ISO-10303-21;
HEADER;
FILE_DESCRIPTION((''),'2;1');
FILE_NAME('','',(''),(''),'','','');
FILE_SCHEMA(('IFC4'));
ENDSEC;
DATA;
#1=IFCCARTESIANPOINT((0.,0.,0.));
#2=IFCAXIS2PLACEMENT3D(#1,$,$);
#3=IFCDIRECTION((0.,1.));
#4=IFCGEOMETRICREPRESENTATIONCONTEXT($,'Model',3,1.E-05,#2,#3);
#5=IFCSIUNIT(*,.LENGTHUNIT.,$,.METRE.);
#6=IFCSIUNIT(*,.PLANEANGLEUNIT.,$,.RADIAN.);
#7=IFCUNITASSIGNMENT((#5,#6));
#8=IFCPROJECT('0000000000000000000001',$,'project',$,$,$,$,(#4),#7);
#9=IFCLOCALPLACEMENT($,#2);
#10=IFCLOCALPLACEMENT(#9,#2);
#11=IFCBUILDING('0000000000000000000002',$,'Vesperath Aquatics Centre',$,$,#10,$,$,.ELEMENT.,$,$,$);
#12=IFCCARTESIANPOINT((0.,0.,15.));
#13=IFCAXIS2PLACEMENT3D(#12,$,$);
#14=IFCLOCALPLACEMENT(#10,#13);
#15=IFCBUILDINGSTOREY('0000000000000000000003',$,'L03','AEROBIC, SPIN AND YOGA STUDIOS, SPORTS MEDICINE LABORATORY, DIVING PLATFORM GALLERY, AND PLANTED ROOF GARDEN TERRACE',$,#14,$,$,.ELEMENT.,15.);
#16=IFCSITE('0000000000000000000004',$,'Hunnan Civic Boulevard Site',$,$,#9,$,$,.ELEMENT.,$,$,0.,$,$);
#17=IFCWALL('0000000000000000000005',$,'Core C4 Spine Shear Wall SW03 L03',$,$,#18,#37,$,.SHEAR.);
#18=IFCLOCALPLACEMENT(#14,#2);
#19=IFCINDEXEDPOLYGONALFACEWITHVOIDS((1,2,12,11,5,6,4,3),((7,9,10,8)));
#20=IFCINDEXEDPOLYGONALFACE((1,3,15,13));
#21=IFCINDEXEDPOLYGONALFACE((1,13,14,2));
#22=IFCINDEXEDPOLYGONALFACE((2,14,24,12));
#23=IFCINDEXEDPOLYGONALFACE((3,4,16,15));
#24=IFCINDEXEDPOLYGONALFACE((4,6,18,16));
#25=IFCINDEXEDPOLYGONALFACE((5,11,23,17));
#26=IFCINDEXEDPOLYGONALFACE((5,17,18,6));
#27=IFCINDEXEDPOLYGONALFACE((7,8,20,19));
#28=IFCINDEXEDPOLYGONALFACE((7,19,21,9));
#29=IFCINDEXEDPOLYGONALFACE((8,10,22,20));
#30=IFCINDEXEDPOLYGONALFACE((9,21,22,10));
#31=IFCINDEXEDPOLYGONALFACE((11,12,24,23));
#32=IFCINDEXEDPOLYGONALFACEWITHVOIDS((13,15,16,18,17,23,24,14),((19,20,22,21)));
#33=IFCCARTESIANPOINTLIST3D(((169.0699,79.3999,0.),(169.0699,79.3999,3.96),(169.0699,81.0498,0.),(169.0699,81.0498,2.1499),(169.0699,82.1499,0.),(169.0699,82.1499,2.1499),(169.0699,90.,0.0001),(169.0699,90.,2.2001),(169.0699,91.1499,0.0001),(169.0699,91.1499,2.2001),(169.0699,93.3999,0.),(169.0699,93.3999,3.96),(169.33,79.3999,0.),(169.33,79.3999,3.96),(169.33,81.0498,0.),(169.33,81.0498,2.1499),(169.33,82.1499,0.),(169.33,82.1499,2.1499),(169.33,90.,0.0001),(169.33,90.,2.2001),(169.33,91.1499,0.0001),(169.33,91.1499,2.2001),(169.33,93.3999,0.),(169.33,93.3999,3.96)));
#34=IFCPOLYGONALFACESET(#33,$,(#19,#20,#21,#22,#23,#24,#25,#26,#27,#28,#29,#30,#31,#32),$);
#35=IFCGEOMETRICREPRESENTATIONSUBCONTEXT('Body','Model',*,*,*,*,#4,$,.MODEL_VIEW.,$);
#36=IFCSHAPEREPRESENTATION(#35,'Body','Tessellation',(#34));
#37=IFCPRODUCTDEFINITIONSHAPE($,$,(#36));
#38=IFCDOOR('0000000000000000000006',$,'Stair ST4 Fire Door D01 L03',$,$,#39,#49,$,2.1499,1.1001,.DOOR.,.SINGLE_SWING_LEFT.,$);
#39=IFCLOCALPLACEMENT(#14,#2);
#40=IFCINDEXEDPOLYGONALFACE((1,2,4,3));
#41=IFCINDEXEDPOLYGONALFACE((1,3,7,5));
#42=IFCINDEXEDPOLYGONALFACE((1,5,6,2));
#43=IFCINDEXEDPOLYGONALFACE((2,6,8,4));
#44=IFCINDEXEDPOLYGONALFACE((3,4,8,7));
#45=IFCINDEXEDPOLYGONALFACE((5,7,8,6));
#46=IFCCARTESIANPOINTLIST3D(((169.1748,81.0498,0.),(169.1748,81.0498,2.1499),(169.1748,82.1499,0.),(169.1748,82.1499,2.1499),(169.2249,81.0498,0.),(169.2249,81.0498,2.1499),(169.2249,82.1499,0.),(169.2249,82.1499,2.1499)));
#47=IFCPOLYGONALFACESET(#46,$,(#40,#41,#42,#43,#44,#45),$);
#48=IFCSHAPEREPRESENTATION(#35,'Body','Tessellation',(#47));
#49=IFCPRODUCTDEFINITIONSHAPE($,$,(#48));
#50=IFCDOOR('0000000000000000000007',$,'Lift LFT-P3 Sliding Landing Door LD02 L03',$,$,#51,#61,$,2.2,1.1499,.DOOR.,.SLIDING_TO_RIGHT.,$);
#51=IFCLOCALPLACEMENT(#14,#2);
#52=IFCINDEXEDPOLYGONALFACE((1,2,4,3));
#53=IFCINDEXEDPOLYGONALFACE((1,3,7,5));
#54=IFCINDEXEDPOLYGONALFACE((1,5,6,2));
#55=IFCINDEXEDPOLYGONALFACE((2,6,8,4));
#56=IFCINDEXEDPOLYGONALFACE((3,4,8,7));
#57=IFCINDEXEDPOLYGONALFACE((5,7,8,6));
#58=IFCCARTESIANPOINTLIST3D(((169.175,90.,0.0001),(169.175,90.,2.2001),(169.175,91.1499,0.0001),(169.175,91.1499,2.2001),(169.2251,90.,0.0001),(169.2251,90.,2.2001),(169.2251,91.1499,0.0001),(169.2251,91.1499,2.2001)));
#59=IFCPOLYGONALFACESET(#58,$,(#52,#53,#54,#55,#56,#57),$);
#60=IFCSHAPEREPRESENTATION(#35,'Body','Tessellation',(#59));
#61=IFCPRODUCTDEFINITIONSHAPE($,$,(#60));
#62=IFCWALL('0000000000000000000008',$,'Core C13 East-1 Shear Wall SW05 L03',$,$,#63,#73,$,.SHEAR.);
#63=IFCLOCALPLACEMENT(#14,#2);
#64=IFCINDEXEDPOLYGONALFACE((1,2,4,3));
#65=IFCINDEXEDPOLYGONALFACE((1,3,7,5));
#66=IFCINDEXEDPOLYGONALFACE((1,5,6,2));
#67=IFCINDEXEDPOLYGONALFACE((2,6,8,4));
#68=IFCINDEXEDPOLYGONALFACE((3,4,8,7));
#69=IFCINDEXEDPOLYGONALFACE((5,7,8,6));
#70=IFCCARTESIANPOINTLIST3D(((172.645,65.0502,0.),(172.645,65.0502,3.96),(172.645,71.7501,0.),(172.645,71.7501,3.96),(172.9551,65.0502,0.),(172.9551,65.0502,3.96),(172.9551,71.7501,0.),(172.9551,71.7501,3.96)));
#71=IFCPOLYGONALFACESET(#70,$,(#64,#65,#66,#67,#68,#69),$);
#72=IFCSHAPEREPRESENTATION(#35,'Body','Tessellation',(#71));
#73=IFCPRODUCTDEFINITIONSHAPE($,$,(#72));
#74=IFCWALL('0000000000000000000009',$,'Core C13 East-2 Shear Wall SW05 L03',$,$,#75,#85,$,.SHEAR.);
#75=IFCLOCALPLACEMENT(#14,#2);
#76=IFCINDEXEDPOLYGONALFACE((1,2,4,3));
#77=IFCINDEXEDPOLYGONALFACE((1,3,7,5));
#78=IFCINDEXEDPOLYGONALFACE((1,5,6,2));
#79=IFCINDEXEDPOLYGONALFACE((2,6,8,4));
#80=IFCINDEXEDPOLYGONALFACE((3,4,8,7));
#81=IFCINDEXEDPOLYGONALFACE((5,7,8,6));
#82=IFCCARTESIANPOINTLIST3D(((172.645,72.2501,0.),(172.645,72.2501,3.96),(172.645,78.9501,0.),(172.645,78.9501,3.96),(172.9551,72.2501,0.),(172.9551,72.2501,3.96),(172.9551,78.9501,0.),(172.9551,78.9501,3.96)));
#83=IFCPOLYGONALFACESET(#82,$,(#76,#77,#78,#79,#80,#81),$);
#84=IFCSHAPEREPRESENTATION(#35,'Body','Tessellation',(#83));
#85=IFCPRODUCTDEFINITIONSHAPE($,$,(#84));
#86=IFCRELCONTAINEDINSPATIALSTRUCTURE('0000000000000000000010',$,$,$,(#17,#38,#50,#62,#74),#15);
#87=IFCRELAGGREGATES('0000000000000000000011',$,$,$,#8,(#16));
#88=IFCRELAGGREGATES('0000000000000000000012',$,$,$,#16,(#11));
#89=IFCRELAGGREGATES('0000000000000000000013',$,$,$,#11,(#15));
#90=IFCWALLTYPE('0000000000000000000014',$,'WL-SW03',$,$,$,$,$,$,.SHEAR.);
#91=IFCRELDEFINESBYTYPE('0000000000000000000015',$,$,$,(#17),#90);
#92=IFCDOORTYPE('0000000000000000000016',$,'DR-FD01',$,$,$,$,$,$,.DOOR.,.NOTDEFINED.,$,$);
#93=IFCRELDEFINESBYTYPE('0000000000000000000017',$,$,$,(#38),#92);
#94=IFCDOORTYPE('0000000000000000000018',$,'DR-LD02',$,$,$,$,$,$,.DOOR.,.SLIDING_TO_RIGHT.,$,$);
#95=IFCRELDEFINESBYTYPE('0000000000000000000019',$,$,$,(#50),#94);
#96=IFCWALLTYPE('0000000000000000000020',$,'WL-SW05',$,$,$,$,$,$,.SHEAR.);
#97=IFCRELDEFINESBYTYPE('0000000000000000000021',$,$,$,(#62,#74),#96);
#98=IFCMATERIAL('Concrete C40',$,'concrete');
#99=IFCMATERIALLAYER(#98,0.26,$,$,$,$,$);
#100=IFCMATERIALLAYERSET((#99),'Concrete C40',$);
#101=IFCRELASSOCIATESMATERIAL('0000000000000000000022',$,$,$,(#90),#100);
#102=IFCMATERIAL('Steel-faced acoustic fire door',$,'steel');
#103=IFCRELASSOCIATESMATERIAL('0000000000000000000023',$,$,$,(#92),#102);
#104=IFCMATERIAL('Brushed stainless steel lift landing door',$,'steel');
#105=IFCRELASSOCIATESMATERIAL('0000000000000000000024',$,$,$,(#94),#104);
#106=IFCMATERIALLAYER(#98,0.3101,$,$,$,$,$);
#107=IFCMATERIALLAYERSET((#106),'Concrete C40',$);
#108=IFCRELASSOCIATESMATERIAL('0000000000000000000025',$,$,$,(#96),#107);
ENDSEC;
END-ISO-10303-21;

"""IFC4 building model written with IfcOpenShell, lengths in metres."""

from ifc_helpers import new_model, si_unit, direction, frame, frame_2d, origin, place, context, subcontext, project, spatial, rectangle, extrude, material, layer, layer_set, type_object, element, fill, save


model = new_model("IFC4")

# Units and contexts
model_context = context("Model", 3, precision=1e-05, world=origin(), true_north=direction((0.0, 1.0)))
body_context = subcontext(model_context, "Body", "Model", "MODEL_VIEW")
ifc_project = project(units=[si_unit("LENGTHUNIT", "METRE"), si_unit("PLANEANGLEUNIT", "RADIAN")], contexts=[model_context])

# Site, building, storey
site_placement = place(None, origin())
site = spatial("IfcSite", under=ifc_project, at=site_placement, Name="Hunnan Civic Boulevard Site", CompositionType="ELEMENT", RefElevation=0.0)
building_placement = place(site_placement, origin())
building = spatial("IfcBuilding", under=site, at=building_placement, Name="Vesperath Aquatics Centre", CompositionType="ELEMENT")
storey_placement = place(building_placement, frame((0.0, 0.0, 15.0)))
storey = spatial("IfcBuildingStorey", under=building, at=storey_placement, Name="L03", Description="AEROBIC, SPIN AND YOGA STUDIOS, SPORTS MEDICINE LABORATORY, DIVING PLATFORM GALLERY, AND PLANTED ROOF GARDEN TERRACE", CompositionType="ELEMENT", Elevation=15.0)

# Shared definitions
ifc_material_1 = material(Name="Concrete C40", Category="concrete")

# Wall, openings, doors
ifc_layer_1 = layer(ifc_material_1, 0.26)
ifc_layer_set_1 = layer_set([ifc_layer_1], Name="Concrete C40")
wall_type_1 = type_object("IfcWallType", Name="WL-SW03", PredefinedType="SHEAR", material=ifc_layer_set_1)
wall_1_placement = place(storey_placement, frame((169.2, 79.3999, 0.0), z_axis=(0.0, 0.0, 1.0), x_axis=(0.0, 1.0, 0.0)))
wall_1 = element("IfcWall", 1, at=wall_1_placement, inside=storey, type_object=wall_type_1, Name="Core C4 Spine Shear Wall SW03 L03", PredefinedType="SHEAR", context=body_context, shape_type="SweptSolid", body=[
    extrude(rectangle(XDim=14.0, YDim=0.26, at=frame_2d((7.0, 0.0))), origin(), (0.0, 0.0, 1.0), 3.96),
])
opening_1_placement = place(wall_1_placement, frame((1.6499, 0.0, 0.0)))
opening_1 = element("IfcOpeningElement", 2, at=opening_1_placement, cuts=wall_1, PredefinedType="OPENING", context=body_context, shape_type="SweptSolid", body=[
    extrude(rectangle(XDim=1.1001, YDim=2.1499, at=frame_2d((0.55, 1.075))), frame((0.0, 0.145, 0.0), z_axis=(0.0, -1.0, 0.0), x_axis=(1.0, 0.0, 0.0)), (0.0, 0.0, 1.0), 0.2898),
])
opening_2_placement = place(wall_1_placement, frame((10.6001, 0.0, 0.0)))
opening_2 = element("IfcOpeningElement", 3, at=opening_2_placement, cuts=wall_1, PredefinedType="OPENING", context=body_context, shape_type="SweptSolid", body=[
    extrude(rectangle(XDim=1.1499, YDim=2.2, at=frame_2d((0.575, 1.1001))), frame((0.0, 0.145, 0.0), z_axis=(0.0, -1.0, 0.0), x_axis=(1.0, 0.0, 0.0)), (0.0, 0.0, 1.0), 0.2898),
])
ifc_material_2 = material(Name="Steel-faced acoustic fire door", Category="steel")
door_type_1 = type_object("IfcDoorType", Name="DR-FD01", OperationType="NOTDEFINED", PredefinedType="DOOR", material=ifc_material_2)
door_1_placement = place(opening_1_placement, frame((1.1001, 0.0, 0.0), z_axis=(0.0, 0.0, 1.0), x_axis=(-1.0, 0.0, 0.0)))
door_1 = element("IfcDoor", 4, at=door_1_placement, inside=storey, type_object=door_type_1, Name="Stair ST4 Fire Door D01 L03", OperationType="SINGLE_SWING_LEFT", OverallHeight=2.1499, OverallWidth=1.1001, PredefinedType="DOOR", context=body_context, shape_type="SweptSolid", body=[
    extrude(rectangle(XDim=1.1001, YDim=2.1499, at=frame_2d((0.55, 1.075))), frame((0.0, 0.0249, 0.0), z_axis=(0.0, -1.0, 0.0), x_axis=(1.0, 0.0, 0.0)), (0.0, 0.0, 1.0), 0.05),
])
fill(opening_1, door_1)
ifc_material_3 = material(Name="Brushed stainless steel lift landing door", Category="steel")
door_type_2 = type_object("IfcDoorType", Name="DR-LD02", OperationType="SLIDING_TO_RIGHT", PredefinedType="DOOR", material=ifc_material_3)
door_2_placement = place(opening_2_placement, origin())
door_2 = element("IfcDoor", 5, at=door_2_placement, inside=storey, type_object=door_type_2, Name="Lift LFT-P3 Sliding Landing Door LD02 L03", OperationType="SLIDING_TO_RIGHT", OverallHeight=2.2, OverallWidth=1.1499, PredefinedType="DOOR", context=body_context, shape_type="SweptSolid", body=[
    extrude(rectangle(XDim=1.1499, YDim=2.2, at=frame_2d((0.575, 1.1001))), frame((0.0, 0.0249, 0.0), z_axis=(0.0, -1.0, 0.0), x_axis=(1.0, 0.0, 0.0)), (0.0, 0.0, 1.0), 0.05),
])
fill(opening_2, door_2)

# Walls
ifc_layer_2 = layer(ifc_material_1, 0.3101)
ifc_layer_set_2 = layer_set([ifc_layer_2], Name="Concrete C40")
wall_type_2 = type_object("IfcWallType", Name="WL-SW05", PredefinedType="SHEAR", material=ifc_layer_set_2)
for number, where, z_axis, x_axis, name in (
    (6, (172.8, 65.05, 0.0), (0.0, 0.0, 1.0), (0.0, 1.0, 0.0), "Core C13 East-1 Shear Wall SW05 L03"),
    (7, (172.8, 72.25, 0.0), (0.0, 0.0, 1.0), (0.0, 1.0, 0.0), "Core C13 East-2 Shear Wall SW05 L03"),
):
    element("IfcWall", number, at=place(storey_placement, frame(where, z_axis=z_axis, x_axis=x_axis)), inside=storey, type_object=wall_type_2, Name=name, PredefinedType="SHEAR", context=body_context, shape_type="SweptSolid", body=[
        extrude(rectangle(XDim=6.7, YDim=0.3101, at=frame_2d((3.3501, 0.0))), origin(), (0.0, 0.0, 1.0), 3.96),
    ])

save(model, "model.ifc")
